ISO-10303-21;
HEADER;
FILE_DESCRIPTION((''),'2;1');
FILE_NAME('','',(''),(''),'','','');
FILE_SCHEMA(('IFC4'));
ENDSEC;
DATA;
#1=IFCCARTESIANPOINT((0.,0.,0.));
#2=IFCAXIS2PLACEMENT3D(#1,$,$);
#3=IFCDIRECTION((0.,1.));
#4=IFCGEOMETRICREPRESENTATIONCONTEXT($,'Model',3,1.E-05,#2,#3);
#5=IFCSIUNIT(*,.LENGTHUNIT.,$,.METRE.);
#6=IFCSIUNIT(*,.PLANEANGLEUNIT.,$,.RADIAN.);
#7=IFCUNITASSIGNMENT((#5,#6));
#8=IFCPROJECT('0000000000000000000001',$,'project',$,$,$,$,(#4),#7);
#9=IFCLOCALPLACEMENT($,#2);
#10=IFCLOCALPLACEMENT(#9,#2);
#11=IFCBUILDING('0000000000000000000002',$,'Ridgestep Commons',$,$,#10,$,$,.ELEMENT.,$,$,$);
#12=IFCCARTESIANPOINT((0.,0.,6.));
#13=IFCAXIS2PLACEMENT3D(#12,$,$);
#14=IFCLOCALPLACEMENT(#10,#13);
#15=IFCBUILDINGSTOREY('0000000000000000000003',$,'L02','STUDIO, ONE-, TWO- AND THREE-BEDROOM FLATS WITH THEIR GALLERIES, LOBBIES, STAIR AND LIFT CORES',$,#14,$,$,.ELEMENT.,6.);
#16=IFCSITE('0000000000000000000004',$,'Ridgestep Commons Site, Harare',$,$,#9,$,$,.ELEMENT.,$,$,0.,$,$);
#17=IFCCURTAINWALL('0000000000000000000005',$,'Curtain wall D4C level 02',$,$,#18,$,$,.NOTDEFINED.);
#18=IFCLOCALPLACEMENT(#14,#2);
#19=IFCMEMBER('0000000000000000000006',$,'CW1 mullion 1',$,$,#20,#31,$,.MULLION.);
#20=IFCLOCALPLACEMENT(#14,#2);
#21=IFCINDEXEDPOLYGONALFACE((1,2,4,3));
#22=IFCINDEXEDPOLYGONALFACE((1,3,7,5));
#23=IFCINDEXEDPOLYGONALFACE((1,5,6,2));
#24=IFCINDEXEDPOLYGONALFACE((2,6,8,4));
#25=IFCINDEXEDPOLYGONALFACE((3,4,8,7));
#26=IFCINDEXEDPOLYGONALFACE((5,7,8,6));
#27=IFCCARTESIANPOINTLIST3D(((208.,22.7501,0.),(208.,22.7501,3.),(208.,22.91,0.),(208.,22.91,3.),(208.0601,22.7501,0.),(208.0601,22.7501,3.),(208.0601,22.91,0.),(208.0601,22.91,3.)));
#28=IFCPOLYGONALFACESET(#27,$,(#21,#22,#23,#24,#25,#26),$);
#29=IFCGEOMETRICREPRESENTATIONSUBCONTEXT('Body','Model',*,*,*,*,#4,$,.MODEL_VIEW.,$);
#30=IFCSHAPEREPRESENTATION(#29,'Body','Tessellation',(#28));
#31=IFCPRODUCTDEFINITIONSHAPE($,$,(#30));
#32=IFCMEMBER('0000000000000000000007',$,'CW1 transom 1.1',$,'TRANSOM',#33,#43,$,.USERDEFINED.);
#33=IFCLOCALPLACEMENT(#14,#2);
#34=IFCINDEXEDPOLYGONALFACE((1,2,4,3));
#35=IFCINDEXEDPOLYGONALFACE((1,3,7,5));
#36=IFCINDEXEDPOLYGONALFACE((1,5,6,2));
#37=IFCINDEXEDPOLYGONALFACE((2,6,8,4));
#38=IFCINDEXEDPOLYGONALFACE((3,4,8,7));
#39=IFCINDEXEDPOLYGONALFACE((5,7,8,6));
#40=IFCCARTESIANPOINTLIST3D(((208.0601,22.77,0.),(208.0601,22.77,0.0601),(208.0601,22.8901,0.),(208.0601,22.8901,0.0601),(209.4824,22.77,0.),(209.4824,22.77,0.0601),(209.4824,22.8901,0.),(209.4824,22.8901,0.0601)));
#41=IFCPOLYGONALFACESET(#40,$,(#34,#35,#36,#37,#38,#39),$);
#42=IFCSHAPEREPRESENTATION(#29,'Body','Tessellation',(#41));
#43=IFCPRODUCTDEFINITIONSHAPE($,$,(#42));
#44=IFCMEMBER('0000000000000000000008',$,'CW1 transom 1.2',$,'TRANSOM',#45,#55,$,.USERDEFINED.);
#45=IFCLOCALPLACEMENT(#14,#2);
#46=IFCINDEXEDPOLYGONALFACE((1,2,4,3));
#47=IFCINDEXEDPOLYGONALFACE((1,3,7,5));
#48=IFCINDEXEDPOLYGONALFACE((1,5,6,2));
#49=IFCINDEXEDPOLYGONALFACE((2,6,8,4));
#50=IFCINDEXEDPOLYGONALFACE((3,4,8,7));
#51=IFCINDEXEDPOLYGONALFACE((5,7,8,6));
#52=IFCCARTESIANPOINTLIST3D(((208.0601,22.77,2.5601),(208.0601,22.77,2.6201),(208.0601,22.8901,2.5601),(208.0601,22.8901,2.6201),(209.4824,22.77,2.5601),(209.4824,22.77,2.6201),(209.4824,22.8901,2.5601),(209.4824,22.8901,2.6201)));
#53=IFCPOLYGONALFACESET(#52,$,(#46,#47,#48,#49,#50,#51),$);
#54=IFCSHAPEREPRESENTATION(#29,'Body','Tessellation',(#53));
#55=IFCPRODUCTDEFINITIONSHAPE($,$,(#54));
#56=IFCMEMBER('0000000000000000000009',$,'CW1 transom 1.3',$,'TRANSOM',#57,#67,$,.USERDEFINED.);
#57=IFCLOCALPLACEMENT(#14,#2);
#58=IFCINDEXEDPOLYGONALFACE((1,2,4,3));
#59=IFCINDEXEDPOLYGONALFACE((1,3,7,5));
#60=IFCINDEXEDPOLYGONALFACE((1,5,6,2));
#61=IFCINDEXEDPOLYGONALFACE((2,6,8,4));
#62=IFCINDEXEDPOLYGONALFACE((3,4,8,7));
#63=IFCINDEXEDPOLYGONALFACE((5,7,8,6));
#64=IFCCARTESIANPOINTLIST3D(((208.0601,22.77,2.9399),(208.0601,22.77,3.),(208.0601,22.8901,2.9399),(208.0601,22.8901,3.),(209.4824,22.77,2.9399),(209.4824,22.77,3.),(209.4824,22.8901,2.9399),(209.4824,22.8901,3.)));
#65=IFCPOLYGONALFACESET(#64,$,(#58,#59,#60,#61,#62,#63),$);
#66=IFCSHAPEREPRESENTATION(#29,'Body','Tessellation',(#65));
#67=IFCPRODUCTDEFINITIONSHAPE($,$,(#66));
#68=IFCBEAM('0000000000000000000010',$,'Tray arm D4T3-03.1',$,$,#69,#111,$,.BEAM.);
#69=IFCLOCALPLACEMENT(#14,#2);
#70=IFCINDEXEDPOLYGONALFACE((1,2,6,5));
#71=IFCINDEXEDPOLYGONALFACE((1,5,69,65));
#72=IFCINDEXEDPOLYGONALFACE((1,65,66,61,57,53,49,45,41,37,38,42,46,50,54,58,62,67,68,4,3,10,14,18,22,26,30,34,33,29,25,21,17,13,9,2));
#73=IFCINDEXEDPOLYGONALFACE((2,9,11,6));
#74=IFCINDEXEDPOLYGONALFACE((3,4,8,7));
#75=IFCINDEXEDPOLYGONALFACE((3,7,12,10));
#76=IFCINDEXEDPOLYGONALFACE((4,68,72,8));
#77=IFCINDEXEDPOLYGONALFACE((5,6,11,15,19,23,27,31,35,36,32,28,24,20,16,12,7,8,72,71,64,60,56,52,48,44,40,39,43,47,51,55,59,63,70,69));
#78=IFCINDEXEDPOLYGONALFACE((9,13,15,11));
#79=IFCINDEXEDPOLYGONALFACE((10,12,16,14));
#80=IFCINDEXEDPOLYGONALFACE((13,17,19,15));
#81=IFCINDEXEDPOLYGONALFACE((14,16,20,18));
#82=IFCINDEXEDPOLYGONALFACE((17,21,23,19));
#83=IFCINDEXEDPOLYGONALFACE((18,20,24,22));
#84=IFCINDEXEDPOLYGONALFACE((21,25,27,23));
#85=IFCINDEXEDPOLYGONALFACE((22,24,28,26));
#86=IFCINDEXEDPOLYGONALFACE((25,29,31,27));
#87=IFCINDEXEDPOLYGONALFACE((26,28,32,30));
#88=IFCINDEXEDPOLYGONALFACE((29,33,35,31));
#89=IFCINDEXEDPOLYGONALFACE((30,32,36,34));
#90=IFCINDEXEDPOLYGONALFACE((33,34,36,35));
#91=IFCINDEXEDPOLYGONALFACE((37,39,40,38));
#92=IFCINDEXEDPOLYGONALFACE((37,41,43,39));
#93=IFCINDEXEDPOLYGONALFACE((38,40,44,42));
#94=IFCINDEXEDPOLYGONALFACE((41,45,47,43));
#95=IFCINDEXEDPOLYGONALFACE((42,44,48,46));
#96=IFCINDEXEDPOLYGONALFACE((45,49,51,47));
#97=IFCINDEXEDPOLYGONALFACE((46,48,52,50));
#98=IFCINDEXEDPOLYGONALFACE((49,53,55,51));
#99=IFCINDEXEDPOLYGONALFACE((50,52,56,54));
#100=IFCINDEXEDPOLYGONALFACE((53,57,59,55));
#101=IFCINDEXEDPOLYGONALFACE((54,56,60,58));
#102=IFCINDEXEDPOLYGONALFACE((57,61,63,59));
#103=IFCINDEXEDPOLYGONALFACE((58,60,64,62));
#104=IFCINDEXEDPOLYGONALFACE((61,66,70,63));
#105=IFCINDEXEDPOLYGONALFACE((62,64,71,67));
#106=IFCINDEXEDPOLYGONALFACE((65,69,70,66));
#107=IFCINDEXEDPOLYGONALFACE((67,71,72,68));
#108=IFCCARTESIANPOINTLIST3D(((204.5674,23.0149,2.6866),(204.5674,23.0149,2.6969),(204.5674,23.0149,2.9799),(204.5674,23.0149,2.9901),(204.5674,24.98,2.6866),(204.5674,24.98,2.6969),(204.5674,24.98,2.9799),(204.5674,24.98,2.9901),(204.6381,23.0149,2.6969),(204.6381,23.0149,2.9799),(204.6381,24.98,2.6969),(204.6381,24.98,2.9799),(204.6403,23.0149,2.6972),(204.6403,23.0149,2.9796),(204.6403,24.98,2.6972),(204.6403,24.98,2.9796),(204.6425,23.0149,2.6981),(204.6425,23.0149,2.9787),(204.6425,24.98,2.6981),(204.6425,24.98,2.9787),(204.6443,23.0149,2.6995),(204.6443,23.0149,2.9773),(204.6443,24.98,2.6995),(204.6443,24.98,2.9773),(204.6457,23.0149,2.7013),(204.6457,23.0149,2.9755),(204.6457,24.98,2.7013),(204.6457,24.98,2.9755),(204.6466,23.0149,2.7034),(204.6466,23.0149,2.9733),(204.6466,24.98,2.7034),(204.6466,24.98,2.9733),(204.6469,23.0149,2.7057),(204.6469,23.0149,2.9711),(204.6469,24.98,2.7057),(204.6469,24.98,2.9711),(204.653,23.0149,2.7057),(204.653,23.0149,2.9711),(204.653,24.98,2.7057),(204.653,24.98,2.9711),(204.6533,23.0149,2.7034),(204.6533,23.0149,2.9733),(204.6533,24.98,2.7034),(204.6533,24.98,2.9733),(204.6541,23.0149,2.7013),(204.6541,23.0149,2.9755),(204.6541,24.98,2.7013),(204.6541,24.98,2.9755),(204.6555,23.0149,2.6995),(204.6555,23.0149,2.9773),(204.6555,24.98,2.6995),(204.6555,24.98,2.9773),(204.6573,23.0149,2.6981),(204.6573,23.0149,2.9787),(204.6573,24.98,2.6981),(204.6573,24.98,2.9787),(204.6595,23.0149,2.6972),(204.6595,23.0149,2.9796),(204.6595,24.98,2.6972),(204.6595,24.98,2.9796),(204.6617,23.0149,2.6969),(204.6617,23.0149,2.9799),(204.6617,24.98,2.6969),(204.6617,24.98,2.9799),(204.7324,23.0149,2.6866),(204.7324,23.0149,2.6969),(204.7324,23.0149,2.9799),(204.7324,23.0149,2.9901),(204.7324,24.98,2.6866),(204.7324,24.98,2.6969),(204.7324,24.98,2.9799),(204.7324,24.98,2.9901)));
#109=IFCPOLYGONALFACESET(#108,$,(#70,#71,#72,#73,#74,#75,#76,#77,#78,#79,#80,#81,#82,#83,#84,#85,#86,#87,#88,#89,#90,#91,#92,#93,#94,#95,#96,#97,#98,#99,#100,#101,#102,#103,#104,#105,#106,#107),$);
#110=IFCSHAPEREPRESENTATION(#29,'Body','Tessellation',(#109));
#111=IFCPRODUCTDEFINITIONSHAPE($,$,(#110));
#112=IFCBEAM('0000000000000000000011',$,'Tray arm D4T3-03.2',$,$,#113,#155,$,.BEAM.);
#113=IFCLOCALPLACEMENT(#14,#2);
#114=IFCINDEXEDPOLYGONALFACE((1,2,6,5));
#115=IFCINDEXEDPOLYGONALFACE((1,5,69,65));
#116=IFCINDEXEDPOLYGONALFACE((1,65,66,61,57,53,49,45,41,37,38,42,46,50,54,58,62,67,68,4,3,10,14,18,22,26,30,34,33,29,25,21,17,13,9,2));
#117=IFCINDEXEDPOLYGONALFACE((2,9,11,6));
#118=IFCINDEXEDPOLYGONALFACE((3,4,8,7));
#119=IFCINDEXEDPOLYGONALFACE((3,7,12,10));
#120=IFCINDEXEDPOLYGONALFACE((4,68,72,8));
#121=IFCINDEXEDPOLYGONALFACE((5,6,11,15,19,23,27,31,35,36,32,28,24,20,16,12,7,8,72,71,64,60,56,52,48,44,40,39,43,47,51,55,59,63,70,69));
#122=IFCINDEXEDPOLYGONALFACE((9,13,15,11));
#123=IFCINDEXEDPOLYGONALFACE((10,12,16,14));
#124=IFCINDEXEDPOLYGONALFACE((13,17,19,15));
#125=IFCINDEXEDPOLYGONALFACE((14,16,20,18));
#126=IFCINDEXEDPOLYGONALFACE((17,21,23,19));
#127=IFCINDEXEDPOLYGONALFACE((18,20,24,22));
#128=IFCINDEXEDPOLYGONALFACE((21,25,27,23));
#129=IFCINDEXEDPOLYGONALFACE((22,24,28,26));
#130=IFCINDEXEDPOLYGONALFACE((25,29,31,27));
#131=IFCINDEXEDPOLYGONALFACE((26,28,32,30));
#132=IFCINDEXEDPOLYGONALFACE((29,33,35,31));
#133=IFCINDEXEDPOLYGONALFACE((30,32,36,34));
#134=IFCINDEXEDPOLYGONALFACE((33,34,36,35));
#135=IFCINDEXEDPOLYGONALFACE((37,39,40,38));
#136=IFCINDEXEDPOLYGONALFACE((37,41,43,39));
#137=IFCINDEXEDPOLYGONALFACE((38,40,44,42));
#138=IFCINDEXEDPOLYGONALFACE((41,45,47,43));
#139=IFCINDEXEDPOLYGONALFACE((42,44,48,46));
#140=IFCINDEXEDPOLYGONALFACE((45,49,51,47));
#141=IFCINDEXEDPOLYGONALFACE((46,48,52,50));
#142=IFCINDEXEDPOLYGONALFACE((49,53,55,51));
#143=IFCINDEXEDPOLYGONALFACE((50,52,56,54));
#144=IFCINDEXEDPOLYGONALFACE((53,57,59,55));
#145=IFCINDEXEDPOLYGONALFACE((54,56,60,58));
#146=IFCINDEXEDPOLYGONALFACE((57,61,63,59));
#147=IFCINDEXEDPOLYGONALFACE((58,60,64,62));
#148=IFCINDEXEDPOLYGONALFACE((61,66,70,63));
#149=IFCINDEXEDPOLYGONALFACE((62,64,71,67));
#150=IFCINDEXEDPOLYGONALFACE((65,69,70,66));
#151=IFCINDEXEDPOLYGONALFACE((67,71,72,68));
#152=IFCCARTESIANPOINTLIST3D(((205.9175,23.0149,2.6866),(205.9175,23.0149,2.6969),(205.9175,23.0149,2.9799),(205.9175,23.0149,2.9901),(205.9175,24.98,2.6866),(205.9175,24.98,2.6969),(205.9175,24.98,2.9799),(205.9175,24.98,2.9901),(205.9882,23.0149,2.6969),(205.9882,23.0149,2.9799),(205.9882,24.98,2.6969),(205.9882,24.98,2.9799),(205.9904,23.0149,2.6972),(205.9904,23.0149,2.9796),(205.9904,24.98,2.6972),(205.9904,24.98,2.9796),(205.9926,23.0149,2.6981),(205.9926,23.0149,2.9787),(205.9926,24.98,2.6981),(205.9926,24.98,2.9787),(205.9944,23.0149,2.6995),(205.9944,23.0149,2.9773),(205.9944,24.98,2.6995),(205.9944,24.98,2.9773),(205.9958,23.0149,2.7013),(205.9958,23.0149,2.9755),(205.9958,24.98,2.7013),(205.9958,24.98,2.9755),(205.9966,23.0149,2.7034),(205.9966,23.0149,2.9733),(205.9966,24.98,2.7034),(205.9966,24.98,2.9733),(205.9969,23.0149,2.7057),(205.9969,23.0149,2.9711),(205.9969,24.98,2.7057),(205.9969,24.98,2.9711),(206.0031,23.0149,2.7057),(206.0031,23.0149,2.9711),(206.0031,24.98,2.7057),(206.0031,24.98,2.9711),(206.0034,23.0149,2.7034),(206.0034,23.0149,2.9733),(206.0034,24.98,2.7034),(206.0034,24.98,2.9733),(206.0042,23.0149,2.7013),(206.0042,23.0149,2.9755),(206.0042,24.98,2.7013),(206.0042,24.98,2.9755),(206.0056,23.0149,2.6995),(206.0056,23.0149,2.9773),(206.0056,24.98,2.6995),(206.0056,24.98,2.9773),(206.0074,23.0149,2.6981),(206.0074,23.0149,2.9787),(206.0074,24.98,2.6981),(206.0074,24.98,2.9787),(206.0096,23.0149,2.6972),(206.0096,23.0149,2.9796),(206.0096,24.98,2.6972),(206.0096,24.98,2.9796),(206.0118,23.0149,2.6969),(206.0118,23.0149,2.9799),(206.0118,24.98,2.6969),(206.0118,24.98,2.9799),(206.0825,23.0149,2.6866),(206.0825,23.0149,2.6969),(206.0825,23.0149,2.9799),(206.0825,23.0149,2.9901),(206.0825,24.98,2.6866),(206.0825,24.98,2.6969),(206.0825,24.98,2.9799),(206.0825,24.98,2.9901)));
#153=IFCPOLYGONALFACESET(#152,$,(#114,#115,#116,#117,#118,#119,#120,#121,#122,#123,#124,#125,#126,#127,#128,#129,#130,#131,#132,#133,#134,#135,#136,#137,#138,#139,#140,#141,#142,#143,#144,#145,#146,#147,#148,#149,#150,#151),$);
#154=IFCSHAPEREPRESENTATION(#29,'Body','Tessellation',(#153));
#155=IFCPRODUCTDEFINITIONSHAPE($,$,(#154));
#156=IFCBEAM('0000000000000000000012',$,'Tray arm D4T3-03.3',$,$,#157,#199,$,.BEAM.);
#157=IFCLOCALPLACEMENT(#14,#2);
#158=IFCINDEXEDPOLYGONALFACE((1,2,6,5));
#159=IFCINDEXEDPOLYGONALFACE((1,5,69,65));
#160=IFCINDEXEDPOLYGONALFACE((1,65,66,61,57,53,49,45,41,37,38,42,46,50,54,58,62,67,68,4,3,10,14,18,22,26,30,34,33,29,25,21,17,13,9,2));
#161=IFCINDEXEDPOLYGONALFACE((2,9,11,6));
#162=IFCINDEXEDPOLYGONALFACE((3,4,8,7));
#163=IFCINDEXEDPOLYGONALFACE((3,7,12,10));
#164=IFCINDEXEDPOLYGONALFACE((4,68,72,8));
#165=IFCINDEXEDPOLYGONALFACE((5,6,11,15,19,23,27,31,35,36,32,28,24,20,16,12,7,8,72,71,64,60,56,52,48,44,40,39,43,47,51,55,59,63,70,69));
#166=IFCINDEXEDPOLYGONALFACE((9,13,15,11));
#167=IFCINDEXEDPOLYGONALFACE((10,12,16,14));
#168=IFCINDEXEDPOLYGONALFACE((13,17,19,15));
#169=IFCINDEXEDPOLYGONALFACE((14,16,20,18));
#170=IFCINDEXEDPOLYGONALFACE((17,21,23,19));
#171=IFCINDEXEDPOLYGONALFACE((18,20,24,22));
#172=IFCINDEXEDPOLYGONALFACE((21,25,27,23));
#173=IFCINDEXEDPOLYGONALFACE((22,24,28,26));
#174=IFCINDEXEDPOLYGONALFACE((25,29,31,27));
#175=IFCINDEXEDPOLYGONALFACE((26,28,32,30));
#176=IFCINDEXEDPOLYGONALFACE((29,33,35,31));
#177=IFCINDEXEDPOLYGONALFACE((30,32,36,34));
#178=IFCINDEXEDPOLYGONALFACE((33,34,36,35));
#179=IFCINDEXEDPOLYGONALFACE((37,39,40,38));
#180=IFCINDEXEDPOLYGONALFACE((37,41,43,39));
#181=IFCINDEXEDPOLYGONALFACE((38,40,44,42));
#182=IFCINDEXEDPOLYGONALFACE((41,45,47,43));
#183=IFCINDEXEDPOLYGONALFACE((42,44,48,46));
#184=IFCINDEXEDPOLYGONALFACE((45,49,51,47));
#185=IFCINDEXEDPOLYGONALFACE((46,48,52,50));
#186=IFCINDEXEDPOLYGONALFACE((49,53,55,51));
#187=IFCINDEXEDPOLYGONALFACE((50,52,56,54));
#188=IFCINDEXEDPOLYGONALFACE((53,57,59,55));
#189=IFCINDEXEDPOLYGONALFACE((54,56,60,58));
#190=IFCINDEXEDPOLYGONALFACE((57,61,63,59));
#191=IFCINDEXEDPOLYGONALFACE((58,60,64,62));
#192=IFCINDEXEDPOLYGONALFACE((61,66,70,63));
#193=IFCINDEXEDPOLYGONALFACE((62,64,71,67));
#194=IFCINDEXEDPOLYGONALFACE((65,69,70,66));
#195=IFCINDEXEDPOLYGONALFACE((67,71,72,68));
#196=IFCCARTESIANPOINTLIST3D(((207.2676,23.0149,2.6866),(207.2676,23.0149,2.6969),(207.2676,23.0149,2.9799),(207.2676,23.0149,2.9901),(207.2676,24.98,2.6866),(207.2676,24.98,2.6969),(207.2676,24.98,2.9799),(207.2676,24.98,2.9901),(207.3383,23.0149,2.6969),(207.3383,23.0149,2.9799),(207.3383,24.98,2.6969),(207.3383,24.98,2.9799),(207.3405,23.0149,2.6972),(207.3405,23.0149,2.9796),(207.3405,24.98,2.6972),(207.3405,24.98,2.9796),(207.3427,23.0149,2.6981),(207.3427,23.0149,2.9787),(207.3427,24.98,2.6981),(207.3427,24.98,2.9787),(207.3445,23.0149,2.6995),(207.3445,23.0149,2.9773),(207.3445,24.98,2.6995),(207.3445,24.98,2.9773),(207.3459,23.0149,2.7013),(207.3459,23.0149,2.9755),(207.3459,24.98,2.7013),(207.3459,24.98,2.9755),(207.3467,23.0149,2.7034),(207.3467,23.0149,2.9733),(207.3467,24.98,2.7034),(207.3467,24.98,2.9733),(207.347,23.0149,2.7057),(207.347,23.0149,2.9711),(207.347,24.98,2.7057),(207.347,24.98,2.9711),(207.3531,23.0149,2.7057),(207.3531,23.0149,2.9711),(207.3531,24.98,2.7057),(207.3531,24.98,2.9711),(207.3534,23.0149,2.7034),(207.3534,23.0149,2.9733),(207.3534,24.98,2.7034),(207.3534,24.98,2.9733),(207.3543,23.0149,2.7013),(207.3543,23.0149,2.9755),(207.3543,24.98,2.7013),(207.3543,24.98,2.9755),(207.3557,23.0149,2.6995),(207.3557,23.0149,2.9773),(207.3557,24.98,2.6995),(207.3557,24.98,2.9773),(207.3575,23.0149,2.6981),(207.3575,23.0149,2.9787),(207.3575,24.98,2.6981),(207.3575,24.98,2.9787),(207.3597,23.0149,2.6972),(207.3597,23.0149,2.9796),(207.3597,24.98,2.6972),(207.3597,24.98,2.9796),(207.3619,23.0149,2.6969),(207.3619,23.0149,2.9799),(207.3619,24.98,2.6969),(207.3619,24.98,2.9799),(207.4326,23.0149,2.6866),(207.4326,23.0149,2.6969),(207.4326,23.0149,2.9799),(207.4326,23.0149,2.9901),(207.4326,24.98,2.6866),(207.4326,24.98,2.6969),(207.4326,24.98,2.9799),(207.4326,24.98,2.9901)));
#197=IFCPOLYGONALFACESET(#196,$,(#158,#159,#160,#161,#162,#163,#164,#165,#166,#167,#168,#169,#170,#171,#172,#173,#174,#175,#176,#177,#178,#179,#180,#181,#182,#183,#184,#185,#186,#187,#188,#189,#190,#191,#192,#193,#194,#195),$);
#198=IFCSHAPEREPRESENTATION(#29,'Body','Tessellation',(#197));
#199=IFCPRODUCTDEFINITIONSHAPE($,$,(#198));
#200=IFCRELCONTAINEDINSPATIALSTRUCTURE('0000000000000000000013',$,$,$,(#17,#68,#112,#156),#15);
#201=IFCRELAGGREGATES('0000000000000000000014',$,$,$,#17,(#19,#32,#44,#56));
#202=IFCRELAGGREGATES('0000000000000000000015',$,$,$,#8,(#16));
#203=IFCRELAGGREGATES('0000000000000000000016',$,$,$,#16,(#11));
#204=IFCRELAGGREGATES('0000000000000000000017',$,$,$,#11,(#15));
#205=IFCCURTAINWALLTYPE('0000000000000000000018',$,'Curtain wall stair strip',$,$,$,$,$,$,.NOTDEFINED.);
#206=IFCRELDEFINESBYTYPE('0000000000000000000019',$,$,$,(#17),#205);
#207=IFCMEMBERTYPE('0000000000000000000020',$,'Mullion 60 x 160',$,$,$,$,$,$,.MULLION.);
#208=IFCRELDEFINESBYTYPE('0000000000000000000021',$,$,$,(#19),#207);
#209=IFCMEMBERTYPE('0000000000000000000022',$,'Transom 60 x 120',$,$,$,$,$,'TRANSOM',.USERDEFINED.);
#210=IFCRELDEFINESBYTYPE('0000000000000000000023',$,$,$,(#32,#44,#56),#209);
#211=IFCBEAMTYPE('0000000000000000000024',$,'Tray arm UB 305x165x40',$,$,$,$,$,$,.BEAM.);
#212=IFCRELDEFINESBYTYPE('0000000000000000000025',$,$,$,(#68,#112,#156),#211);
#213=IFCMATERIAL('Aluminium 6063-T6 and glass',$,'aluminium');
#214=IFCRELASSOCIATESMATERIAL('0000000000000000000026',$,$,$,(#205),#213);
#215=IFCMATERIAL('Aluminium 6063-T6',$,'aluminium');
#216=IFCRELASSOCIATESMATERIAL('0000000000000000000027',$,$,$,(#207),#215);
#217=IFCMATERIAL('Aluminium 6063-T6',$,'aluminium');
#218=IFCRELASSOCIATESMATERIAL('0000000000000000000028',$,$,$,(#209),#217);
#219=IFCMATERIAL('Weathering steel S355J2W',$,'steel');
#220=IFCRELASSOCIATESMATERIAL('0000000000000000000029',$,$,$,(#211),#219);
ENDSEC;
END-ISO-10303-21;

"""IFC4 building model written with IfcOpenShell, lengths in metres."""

from ifc_helpers import new_model, si_unit, direction, frame, origin, origin_2d, place, context, subcontext, project, spatial, rectangle, i_section, extrude, material, material_profile, profile_set, type_object, element, aggregate, save


model = new_model("IFC4")

# Units and contexts
model_context = context("Model", 3, precision=1e-05, world=origin(), true_north=direction((0.0, 1.0)))
body_context = subcontext(model_context, "Body", "Model", "MODEL_VIEW")
ifc_project = project(units=[si_unit("LENGTHUNIT", "METRE"), si_unit("PLANEANGLEUNIT", "RADIAN")], contexts=[model_context])

# Site, building, storey
site_placement = place(None, origin())
site = spatial("IfcSite", under=ifc_project, at=site_placement, Name="Ridgestep Commons Site, Harare", CompositionType="ELEMENT", RefElevation=0.0)
building_placement = place(site_placement, origin())
building = spatial("IfcBuilding", under=site, at=building_placement, Name="Ridgestep Commons", CompositionType="ELEMENT")
storey_placement = place(building_placement, frame((0.0, 0.0, 6.0)))
storey = spatial("IfcBuildingStorey", under=building, at=storey_placement, Name="L02", Description="STUDIO, ONE-, TWO- AND THREE-BEDROOM FLATS WITH THEIR GALLERIES, LOBBIES, STAIR AND LIFT CORES", CompositionType="ELEMENT", Elevation=6.0)

# Curtain wall, members
ifc_material_1 = material(Name="Aluminium 6063-T6 and glass", Category="aluminium")
curtain_wall_type = type_object("IfcCurtainWallType", Name="Curtain wall stair strip", PredefinedType="NOTDEFINED", material=ifc_material_1)
curtain_wall_placement = place(storey_placement, origin())
curtain_wall = element("IfcCurtainWall", 1, at=curtain_wall_placement, inside=storey, type_object=curtain_wall_type, Name="Curtain wall D4C level 02", PredefinedType="NOTDEFINED")
ifc_material_2 = material(Name="Aluminium 6063-T6", Category="aluminium")
ifc_material_profile_1 = material_profile(ifc_material_2, rectangle(XDim=0.1599, YDim=0.0601, at=origin_2d()), Name="Mullion 60 x 160")
ifc_profile_set_1 = profile_set([ifc_material_profile_1], Name="Aluminium 6063-T6")
member_type_1 = type_object("IfcMemberType", Name="Mullion 60 x 160", PredefinedType="MULLION", material=ifc_profile_set_1)
member_1_placement = place(storey_placement, frame((208.03, 22.8301, 0.0), z_axis=(0.0, 0.0, 1.0), x_axis=(0.0, 1.0, 0.0)))
member_1 = element("IfcMember", 2, at=member_1_placement, type_object=member_type_1, Name="CW1 mullion 1", PredefinedType="MULLION", context=body_context, shape_type="SweptSolid", body=[
    extrude(rectangle(XDim=0.1599, YDim=0.0601, at=origin_2d()), origin(), (0.0, 0.0, 1.0), 3.0),
])
ifc_material_3 = material(Name="Aluminium 6063-T6", Category="aluminium")
ifc_material_profile_2 = material_profile(ifc_material_3, rectangle(XDim=0.1201, YDim=0.0601, at=origin_2d()), Name="Transom 60 x 120")
ifc_profile_set_2 = profile_set([ifc_material_profile_2], Name="Aluminium 6063-T6")
member_type_2 = type_object("IfcMemberType", Name="Transom 60 x 120", ElementType="TRANSOM", PredefinedType="USERDEFINED", material=ifc_profile_set_2)
member_2_placement = place(storey_placement, frame((208.0601, 22.8301, 0.03), z_axis=(1.0, 0.0, 0.0), x_axis=(0.0, 1.0, 0.0)))
member_2 = element("IfcMember", 3, at=member_2_placement, type_object=member_type_2, Name="CW1 transom 1.1", ObjectType="TRANSOM", PredefinedType="USERDEFINED", context=body_context, shape_type="SweptSolid", body=[
    extrude(rectangle(XDim=0.1201, YDim=0.0601, at=origin_2d()), origin(), (0.0, 0.0, 1.0), 1.4224),
])
member_3_placement = place(storey_placement, frame((208.0601, 22.8301, 2.5901), z_axis=(1.0, 0.0, 0.0), x_axis=(0.0, 1.0, 0.0)))
member_3 = element("IfcMember", 4, at=member_3_placement, type_object=member_type_2, Name="CW1 transom 1.2", ObjectType="TRANSOM", PredefinedType="USERDEFINED", context=body_context, shape_type="SweptSolid", body=[
    extrude(rectangle(XDim=0.1201, YDim=0.0601, at=origin_2d()), origin(), (0.0, 0.0, 1.0), 1.4224),
])
member_4_placement = place(storey_placement, frame((208.0601, 22.8301, 2.97), z_axis=(1.0, 0.0, 0.0), x_axis=(0.0, 1.0, 0.0)))
member_4 = element("IfcMember", 5, at=member_4_placement, type_object=member_type_2, Name="CW1 transom 1.3", ObjectType="TRANSOM", PredefinedType="USERDEFINED", context=body_context, shape_type="SweptSolid", body=[
    extrude(rectangle(XDim=0.1201, YDim=0.0601, at=origin_2d()), origin(), (0.0, 0.0, 1.0), 1.4224),
])

# Beams
ifc_material_4 = material(Name="Weathering steel S355J2W", Category="steel")
ifc_material_profile_3 = material_profile(ifc_material_4, i_section(OverallWidth=0.165, OverallDepth=0.3035, WebThickness=0.0061, FlangeThickness=0.0103, FilletRadius=0.0088, at=origin_2d()), Name="UB 305x165x40")
ifc_profile_set_3 = profile_set([ifc_material_profile_3], Name="Weathering steel S355J2W")
beam_type = type_object("IfcBeamType", Name="Tray arm UB 305x165x40", PredefinedType="BEAM", material=ifc_profile_set_3)
for number, where, z_axis, x_axis, name in (
    (6, (204.6499, 23.0149, 2.8384), (0.0, 1.0, 0.0), (-1.0, 0.0, 0.0), "Tray arm D4T3-03.1"),
    (7, (206.0, 23.0149, 2.8384), (0.0, 1.0, 0.0), (-1.0, 0.0, 0.0), "Tray arm D4T3-03.2"),
    (8, (207.3501, 23.0149, 2.8384), (0.0, 1.0, 0.0), (-1.0, 0.0, 0.0), "Tray arm D4T3-03.3"),
):
    element("IfcBeam", number, at=place(storey_placement, frame(where, z_axis=z_axis, x_axis=x_axis)), inside=storey, type_object=beam_type, Name=name, PredefinedType="BEAM", context=body_context, shape_type="SweptSolid", body=[
        extrude(i_section(OverallWidth=0.165, OverallDepth=0.3035, WebThickness=0.0061, FlangeThickness=0.0103, FilletRadius=0.0088, at=origin_2d()), origin(), (0.0, 0.0, 1.0), 1.9651),
    ])

aggregate(curtain_wall, [member_1, member_2, member_3, member_4])

save(model, "model.ifc")
